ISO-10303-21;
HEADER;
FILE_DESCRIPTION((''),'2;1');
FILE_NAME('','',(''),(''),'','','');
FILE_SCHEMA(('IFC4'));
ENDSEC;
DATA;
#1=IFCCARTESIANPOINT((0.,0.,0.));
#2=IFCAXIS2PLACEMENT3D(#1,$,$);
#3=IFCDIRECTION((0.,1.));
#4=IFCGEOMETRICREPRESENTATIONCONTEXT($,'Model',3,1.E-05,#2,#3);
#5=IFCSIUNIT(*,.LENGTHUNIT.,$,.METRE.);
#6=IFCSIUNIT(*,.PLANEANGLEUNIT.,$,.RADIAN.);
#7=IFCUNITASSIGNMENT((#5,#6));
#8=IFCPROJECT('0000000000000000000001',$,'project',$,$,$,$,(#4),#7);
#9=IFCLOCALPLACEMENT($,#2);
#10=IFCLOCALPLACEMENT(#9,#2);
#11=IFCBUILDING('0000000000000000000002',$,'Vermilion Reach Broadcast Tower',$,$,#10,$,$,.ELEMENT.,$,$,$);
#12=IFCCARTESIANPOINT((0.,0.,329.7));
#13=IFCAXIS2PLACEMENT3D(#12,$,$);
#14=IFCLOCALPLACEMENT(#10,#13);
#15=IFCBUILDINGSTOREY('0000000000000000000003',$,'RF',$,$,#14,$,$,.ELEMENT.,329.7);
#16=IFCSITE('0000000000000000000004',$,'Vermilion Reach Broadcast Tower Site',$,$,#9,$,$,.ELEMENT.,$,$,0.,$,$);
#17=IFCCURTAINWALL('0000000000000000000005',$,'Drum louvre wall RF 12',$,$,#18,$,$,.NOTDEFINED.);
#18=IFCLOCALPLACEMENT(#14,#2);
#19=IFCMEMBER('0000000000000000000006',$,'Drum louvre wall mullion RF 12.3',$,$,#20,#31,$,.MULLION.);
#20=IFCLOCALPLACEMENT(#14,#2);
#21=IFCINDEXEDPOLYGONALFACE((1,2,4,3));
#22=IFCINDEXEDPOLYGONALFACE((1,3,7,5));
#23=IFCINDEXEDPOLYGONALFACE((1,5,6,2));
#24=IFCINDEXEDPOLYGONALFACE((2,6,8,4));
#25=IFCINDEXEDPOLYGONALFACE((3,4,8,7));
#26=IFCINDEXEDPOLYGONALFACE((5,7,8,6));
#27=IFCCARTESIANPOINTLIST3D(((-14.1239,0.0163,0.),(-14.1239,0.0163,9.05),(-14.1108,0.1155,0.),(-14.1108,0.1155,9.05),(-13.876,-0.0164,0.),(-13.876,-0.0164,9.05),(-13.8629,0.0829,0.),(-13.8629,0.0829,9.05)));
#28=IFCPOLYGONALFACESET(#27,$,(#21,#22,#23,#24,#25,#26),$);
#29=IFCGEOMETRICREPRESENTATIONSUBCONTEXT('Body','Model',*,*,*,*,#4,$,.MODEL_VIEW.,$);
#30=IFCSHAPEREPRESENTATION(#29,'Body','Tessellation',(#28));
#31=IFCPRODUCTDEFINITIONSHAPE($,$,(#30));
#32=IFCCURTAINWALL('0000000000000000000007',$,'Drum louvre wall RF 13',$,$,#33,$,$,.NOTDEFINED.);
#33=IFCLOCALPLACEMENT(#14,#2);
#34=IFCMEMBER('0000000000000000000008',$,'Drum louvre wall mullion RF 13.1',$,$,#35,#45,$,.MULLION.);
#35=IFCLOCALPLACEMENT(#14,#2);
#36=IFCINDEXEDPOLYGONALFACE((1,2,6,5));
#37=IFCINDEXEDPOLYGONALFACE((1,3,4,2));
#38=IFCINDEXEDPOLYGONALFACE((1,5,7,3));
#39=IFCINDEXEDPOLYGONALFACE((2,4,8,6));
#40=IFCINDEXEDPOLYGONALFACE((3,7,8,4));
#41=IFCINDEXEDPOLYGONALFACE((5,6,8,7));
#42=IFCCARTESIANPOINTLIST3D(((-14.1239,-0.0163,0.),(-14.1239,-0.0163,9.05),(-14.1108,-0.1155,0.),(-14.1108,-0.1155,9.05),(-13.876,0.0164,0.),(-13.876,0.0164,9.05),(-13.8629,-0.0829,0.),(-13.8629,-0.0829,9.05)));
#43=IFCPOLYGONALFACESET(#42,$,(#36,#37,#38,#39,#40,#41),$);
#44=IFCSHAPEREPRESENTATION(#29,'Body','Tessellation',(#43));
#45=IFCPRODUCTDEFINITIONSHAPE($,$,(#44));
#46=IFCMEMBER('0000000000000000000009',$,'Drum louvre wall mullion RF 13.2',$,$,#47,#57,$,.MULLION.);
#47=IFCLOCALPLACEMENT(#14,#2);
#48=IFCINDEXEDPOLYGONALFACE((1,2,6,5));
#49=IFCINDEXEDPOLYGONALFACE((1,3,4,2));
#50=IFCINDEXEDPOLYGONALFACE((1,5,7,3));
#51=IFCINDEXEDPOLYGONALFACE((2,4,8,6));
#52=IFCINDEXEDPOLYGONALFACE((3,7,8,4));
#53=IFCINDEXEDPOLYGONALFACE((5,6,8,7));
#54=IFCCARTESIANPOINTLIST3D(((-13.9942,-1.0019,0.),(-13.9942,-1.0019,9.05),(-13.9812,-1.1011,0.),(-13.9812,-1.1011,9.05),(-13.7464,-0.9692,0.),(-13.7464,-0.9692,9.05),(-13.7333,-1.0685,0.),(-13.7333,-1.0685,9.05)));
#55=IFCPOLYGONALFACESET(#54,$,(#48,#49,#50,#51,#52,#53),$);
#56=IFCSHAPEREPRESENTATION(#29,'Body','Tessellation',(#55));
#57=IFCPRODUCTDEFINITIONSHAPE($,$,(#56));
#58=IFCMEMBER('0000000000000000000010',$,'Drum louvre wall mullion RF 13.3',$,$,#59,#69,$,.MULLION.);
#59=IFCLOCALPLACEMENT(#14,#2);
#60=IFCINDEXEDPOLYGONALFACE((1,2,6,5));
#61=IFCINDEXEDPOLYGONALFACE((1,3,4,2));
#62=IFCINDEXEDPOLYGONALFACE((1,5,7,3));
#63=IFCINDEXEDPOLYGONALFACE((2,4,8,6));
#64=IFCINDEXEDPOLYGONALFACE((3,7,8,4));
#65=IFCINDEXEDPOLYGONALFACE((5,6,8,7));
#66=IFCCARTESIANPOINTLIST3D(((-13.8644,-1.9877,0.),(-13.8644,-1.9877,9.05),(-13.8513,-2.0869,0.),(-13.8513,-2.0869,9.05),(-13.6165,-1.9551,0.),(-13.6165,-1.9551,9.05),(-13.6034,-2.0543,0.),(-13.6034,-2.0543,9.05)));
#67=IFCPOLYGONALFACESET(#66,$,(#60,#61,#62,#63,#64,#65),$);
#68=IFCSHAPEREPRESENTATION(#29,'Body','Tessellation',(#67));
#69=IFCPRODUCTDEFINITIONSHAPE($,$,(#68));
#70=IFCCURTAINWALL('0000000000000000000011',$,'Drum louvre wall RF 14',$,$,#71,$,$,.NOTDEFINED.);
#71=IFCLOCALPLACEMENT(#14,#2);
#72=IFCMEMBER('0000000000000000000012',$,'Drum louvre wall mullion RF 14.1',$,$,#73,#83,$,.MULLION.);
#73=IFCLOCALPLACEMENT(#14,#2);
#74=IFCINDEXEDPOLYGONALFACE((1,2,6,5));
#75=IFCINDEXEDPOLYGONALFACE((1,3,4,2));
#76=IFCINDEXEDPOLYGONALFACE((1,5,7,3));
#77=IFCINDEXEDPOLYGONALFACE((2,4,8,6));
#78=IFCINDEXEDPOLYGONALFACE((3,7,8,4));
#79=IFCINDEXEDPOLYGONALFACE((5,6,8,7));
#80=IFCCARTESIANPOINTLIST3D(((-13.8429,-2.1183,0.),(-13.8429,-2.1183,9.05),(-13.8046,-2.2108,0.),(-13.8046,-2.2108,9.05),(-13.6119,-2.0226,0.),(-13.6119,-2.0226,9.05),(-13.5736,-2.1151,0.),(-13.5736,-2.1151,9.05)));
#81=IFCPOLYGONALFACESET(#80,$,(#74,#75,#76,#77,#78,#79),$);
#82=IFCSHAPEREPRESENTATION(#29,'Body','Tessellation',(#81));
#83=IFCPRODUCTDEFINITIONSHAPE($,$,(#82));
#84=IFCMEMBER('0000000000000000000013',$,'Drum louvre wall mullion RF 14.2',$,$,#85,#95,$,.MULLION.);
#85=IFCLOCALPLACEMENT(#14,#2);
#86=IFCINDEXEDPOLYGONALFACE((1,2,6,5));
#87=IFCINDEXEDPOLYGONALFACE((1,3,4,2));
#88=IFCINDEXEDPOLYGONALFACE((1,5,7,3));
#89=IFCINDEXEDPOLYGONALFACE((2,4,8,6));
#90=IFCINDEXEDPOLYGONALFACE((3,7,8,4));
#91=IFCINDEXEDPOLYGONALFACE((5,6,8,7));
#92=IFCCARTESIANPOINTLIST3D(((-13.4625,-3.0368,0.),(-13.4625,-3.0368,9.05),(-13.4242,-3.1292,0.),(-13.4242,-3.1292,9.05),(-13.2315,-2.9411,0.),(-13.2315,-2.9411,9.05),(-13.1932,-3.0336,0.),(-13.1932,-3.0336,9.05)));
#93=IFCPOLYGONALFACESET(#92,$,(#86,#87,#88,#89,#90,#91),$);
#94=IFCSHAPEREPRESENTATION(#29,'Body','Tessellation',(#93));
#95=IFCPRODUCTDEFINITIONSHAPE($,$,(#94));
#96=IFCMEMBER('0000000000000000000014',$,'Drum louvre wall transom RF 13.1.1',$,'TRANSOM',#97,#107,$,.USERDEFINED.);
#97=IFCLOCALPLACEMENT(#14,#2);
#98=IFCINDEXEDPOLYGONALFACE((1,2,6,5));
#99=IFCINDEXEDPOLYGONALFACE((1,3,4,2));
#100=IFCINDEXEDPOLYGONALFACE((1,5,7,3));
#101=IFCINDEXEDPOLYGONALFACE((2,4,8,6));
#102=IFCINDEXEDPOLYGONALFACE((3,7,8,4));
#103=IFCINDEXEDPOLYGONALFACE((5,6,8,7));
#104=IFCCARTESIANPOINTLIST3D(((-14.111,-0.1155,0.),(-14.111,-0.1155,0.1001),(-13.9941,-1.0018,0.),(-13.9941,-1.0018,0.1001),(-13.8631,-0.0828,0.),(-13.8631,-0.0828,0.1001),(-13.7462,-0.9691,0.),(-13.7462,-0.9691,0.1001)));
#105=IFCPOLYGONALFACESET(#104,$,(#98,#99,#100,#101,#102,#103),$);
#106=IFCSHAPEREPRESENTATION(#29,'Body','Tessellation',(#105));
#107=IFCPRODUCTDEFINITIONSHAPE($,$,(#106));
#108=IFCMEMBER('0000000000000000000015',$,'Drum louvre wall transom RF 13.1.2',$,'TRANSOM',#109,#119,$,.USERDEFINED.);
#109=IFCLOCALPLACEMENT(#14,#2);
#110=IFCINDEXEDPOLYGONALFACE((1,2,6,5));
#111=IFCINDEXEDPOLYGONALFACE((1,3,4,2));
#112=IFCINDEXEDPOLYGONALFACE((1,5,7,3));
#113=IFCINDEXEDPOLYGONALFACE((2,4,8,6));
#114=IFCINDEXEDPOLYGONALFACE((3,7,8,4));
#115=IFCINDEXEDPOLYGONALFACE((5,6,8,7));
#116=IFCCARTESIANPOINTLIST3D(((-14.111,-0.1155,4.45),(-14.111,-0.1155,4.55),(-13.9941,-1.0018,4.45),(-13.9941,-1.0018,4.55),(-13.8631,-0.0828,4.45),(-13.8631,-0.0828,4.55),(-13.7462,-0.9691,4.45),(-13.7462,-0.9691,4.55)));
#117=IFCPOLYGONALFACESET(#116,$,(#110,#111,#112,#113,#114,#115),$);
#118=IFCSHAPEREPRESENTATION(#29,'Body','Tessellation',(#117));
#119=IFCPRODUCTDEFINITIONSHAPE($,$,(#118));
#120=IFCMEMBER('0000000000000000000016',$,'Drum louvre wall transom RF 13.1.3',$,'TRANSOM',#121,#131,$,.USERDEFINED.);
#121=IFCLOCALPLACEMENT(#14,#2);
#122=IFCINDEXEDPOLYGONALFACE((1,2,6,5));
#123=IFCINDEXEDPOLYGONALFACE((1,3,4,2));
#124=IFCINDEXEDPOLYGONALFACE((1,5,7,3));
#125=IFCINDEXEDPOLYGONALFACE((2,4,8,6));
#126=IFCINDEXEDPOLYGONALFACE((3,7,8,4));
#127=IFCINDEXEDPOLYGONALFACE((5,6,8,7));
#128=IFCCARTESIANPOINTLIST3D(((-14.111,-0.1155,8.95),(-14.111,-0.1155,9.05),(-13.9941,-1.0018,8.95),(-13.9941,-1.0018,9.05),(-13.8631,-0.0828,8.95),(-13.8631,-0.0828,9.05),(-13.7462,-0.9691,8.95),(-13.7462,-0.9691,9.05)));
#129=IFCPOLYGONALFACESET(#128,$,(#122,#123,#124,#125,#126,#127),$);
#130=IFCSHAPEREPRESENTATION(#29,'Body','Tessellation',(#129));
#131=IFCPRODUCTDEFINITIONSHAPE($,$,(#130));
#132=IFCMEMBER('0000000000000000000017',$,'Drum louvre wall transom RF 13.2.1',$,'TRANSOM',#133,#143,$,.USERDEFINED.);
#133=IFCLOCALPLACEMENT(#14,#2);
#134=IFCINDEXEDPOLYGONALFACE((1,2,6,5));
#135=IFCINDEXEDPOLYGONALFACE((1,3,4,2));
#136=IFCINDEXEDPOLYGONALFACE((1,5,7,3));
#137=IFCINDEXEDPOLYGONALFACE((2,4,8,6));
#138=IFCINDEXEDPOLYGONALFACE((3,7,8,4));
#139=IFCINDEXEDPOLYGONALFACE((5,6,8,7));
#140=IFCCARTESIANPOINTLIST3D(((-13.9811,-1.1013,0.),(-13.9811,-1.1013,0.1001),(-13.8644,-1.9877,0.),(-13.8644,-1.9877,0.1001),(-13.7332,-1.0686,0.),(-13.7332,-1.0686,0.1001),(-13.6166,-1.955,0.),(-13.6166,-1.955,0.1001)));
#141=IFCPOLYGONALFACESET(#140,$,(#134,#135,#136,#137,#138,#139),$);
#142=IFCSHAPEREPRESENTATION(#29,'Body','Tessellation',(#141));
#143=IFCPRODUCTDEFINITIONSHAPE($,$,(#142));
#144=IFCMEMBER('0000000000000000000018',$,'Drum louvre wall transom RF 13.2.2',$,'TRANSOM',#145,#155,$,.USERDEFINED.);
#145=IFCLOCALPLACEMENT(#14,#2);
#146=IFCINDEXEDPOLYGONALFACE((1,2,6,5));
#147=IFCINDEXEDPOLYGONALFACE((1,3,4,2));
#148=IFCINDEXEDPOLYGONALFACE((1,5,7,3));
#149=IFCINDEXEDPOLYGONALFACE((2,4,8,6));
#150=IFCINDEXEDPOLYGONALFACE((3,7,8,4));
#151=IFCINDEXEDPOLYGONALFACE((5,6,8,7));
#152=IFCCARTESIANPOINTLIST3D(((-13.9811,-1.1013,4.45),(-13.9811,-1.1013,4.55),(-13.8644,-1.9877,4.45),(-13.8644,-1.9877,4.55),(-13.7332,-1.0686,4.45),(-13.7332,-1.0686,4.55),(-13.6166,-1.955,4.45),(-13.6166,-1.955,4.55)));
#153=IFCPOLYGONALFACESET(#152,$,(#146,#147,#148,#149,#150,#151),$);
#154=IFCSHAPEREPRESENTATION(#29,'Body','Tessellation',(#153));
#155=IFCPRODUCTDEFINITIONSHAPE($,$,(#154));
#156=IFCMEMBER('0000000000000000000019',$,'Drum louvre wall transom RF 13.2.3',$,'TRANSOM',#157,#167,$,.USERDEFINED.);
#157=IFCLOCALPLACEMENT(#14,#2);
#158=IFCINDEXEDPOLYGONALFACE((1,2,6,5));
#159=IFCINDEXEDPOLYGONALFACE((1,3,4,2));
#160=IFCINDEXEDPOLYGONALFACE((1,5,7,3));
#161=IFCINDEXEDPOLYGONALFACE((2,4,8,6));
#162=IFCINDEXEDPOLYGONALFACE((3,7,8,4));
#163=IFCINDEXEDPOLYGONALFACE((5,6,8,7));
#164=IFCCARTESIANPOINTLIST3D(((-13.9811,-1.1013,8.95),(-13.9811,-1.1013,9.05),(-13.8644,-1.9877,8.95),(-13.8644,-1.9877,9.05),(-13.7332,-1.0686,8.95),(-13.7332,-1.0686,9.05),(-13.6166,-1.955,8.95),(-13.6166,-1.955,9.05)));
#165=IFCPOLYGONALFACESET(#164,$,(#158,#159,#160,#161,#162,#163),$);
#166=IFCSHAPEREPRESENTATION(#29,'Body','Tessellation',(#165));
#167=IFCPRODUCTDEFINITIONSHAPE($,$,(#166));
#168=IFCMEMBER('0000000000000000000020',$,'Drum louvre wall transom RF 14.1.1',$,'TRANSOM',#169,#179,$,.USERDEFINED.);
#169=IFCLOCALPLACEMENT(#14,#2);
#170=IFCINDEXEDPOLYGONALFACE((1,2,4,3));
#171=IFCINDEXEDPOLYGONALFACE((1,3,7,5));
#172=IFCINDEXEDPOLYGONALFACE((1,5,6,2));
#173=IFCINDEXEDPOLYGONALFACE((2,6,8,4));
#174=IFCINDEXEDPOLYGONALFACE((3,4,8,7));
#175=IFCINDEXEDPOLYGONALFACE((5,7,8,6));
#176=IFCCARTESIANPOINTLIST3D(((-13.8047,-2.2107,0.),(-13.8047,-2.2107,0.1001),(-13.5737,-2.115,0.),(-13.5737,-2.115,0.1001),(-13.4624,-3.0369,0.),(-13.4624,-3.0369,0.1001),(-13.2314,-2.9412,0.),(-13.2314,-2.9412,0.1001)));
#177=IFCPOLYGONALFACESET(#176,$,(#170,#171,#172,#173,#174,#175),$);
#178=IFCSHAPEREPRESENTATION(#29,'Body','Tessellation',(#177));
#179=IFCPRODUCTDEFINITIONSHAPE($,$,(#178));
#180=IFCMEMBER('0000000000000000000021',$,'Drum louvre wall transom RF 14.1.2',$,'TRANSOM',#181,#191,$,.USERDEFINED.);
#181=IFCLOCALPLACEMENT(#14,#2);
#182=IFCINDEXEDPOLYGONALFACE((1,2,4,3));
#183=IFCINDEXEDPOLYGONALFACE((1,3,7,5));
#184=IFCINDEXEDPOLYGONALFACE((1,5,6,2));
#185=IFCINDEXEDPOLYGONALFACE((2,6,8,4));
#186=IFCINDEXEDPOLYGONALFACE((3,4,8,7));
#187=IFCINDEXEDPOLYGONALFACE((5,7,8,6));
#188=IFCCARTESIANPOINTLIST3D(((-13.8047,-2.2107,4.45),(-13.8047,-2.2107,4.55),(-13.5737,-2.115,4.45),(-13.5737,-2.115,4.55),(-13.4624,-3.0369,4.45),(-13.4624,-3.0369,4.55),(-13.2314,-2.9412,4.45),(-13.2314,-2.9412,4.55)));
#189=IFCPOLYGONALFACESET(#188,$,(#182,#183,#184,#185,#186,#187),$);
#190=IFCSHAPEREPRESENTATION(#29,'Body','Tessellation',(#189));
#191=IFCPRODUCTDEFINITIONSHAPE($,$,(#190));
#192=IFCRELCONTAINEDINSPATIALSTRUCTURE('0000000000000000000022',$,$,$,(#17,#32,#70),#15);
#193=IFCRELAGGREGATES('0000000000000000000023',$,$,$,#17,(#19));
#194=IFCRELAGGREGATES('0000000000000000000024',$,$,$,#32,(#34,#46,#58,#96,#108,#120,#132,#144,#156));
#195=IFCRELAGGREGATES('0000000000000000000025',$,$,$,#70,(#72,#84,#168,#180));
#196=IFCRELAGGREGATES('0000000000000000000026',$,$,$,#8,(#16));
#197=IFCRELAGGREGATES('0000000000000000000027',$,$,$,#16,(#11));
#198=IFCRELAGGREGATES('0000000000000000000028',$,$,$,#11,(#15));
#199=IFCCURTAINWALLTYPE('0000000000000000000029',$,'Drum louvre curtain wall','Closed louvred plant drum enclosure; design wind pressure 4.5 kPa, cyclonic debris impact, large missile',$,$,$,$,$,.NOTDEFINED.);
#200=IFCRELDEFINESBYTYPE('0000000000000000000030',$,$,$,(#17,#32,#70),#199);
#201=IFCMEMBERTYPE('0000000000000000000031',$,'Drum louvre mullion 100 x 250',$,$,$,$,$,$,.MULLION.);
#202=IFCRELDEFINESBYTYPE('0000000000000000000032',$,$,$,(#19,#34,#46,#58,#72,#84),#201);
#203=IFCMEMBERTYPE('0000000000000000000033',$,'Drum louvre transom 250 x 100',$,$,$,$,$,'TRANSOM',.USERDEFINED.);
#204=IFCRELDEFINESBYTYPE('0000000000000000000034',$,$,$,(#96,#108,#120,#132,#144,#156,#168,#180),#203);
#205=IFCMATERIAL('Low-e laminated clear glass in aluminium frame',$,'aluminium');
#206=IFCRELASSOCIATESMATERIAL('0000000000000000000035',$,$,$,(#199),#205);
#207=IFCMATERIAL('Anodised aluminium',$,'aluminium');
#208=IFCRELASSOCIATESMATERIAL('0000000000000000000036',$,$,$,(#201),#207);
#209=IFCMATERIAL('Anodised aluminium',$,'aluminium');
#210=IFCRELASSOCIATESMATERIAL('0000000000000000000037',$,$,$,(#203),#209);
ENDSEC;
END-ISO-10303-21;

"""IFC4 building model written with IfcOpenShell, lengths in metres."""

from ifc_helpers import new_model, si_unit, direction, frame, origin, origin_2d, place, context, subcontext, project, spatial, rectangle, extrude, material, material_profile, profile_set, type_object, element, aggregate, save


model = new_model("IFC4")

# Units and contexts
model_context = context("Model", 3, precision=1e-05, world=origin(), true_north=direction((0.0, 1.0)))
body_context = subcontext(model_context, "Body", "Model", "MODEL_VIEW")
ifc_project = project(units=[si_unit("LENGTHUNIT", "METRE"), si_unit("PLANEANGLEUNIT", "RADIAN")], contexts=[model_context])

# Site, building, storey
site_placement = place(None, origin())
site = spatial("IfcSite", under=ifc_project, at=site_placement, Name="Vermilion Reach Broadcast Tower Site", CompositionType="ELEMENT", RefElevation=0.0)
building_placement = place(site_placement, origin())
building = spatial("IfcBuilding", under=site, at=building_placement, Name="Vermilion Reach Broadcast Tower", CompositionType="ELEMENT")
storey_placement = place(building_placement, frame((0.0, 0.0, 329.7)))
storey = spatial("IfcBuildingStorey", under=building, at=storey_placement, Name="RF", CompositionType="ELEMENT", Elevation=329.7)

# Curtain wall, member
ifc_material_1 = material(Name="Low-e laminated clear glass in aluminium frame", Category="aluminium")
curtain_wall_type = type_object("IfcCurtainWallType", Name="Drum louvre curtain wall", Description="Closed louvred plant drum enclosure; design wind pressure 4.5 kPa, cyclonic debris impact, large missile", PredefinedType="NOTDEFINED", material=ifc_material_1)
placement = place(storey_placement, origin())
curtain_wall_1 = element("IfcCurtainWall", 1, at=placement, inside=storey, type_object=curtain_wall_type, Name="Drum louvre wall RF 12", PredefinedType="NOTDEFINED")
ifc_material_2 = material(Name="Anodised aluminium", Category="aluminium")
ifc_material_profile_1 = material_profile(ifc_material_2, rectangle(XDim=0.25, YDim=0.1001, at=origin_2d()), Name="Drum louvre mullion 100 x 250")
ifc_profile_set_1 = profile_set([ifc_material_profile_1], Name="Anodised aluminium")
member_type_1 = type_object("IfcMemberType", Name="Drum louvre mullion 100 x 250", PredefinedType="MULLION", material=ifc_profile_set_1)
member_1_placement = place(storey_placement, frame((-13.9934, 0.0496, 0.0), z_axis=(0.0, 0.0, 1.0), x_axis=(0.991445, -0.130526, 0.0)))
member_1 = element("IfcMember", 2, at=member_1_placement, type_object=member_type_1, Name="Drum louvre wall mullion RF 12.3", PredefinedType="MULLION", context=body_context, shape_type="SweptSolid", body=[
    extrude(rectangle(XDim=0.25, YDim=0.1001, at=origin_2d()), origin(), (0.0, 0.0, 1.0), 9.05),
])
aggregate(curtain_wall_1, [member_1])

# Curtain walls, members
curtain_wall_2 = element("IfcCurtainWall", 3, at=placement, inside=storey, type_object=curtain_wall_type, Name="Drum louvre wall RF 13", PredefinedType="NOTDEFINED")
member_2_placement = place(storey_placement, frame((-13.9934, -0.0496, 0.0), z_axis=(0.0, 0.0, 1.0), x_axis=(0.991445, 0.130526, 0.0)))
member_2 = element("IfcMember", 4, at=member_2_placement, type_object=member_type_1, Name="Drum louvre wall mullion RF 13.1", PredefinedType="MULLION", context=body_context, shape_type="SweptSolid", body=[
    extrude(rectangle(XDim=0.25, YDim=0.1001, at=origin_2d()), origin(), (0.0, 0.0, 1.0), 9.05),
])
member_3_placement = place(storey_placement, frame((-13.8638, -1.0352, 0.0), z_axis=(0.0, 0.0, 1.0), x_axis=(0.991445, 0.130526, 0.0)))
member_3 = element("IfcMember", 5, at=member_3_placement, type_object=member_type_1, Name="Drum louvre wall mullion RF 13.2", PredefinedType="MULLION", context=body_context, shape_type="SweptSolid", body=[
    extrude(rectangle(XDim=0.25, YDim=0.1001, at=origin_2d()), origin(), (0.0, 0.0, 1.0), 9.05),
])
member_4_placement = place(storey_placement, frame((-13.7339, -2.021, 0.0), z_axis=(0.0, 0.0, 1.0), x_axis=(0.991445, 0.130526, 0.0)))
member_4 = element("IfcMember", 6, at=member_4_placement, type_object=member_type_1, Name="Drum louvre wall mullion RF 13.3", PredefinedType="MULLION", context=body_context, shape_type="SweptSolid", body=[
    extrude(rectangle(XDim=0.25, YDim=0.1001, at=origin_2d()), origin(), (0.0, 0.0, 1.0), 9.05),
])
curtain_wall_3 = element("IfcCurtainWall", 7, at=placement, inside=storey, type_object=curtain_wall_type, Name="Drum louvre wall RF 14", PredefinedType="NOTDEFINED")
member_5_placement = place(storey_placement, frame((-13.7083, -2.1167, 0.0), z_axis=(0.0, 0.0, 1.0), x_axis=(0.92388, 0.382683, 0.0)))
member_5 = element("IfcMember", 8, at=member_5_placement, type_object=member_type_1, Name="Drum louvre wall mullion RF 14.1", PredefinedType="MULLION", context=body_context, shape_type="SweptSolid", body=[
    extrude(rectangle(XDim=0.25, YDim=0.1001, at=origin_2d()), origin(), (0.0, 0.0, 1.0), 9.05),
])
member_6_placement = place(storey_placement, frame((-13.3279, -3.0352, 0.0), z_axis=(0.0, 0.0, 1.0), x_axis=(0.92388, 0.382683, 0.0)))
member_6 = element("IfcMember", 9, at=member_6_placement, type_object=member_type_1, Name="Drum louvre wall mullion RF 14.2", PredefinedType="MULLION", context=body_context, shape_type="SweptSolid", body=[
    extrude(rectangle(XDim=0.25, YDim=0.1001, at=origin_2d()), origin(), (0.0, 0.0, 1.0), 9.05),
])

# Members
ifc_material_3 = material(Name="Anodised aluminium", Category="aluminium")
ifc_material_profile_2 = material_profile(ifc_material_3, rectangle(XDim=0.25, YDim=0.1001, at=origin_2d()), Name="Drum louvre transom 250 x 100")
ifc_profile_set_2 = profile_set([ifc_material_profile_2], Name="Anodised aluminium")
member_type_2 = type_object("IfcMemberType", Name="Drum louvre transom 250 x 100", ElementType="TRANSOM", PredefinedType="USERDEFINED", material=ifc_profile_set_2)
member_7_placement = place(storey_placement, frame((-13.9871, -0.0991, 0.05), z_axis=(0.130786, -0.991411, 0.0), x_axis=(0.991411, 0.130786, 0.0)))
member_7 = element("IfcMember", 10, at=member_7_placement, type_object=member_type_2, Name="Drum louvre wall transom RF 13.1.1", ObjectType="TRANSOM", PredefinedType="USERDEFINED", context=body_context, shape_type="SweptSolid", body=[
    extrude(rectangle(XDim=0.25, YDim=0.1001, at=origin_2d()), origin(), (0.0, 0.0, 1.0), 0.894),
])
member_8_placement = place(storey_placement, frame((-13.9871, -0.0991, 4.5), z_axis=(0.130786, -0.991411, 0.0), x_axis=(0.991411, 0.130786, 0.0)))
member_8 = element("IfcMember", 11, at=member_8_placement, type_object=member_type_2, Name="Drum louvre wall transom RF 13.1.2", ObjectType="TRANSOM", PredefinedType="USERDEFINED", context=body_context, shape_type="SweptSolid", body=[
    extrude(rectangle(XDim=0.25, YDim=0.1001, at=origin_2d()), origin(), (0.0, 0.0, 1.0), 0.894),
])
member_9_placement = place(storey_placement, frame((-13.9871, -0.0991, 9.0), z_axis=(0.130786, -0.991411, 0.0), x_axis=(0.991411, 0.130786, 0.0)))
member_9 = element("IfcMember", 12, at=member_9_placement, type_object=member_type_2, Name="Drum louvre wall transom RF 13.1.3", ObjectType="TRANSOM", PredefinedType="USERDEFINED", context=body_context, shape_type="SweptSolid", body=[
    extrude(rectangle(XDim=0.25, YDim=0.1001, at=origin_2d()), origin(), (0.0, 0.0, 1.0), 0.894),
])
member_10_placement = place(storey_placement, frame((-13.8572, -1.085, 0.05), z_axis=(0.130518, -0.991446, 0.0), x_axis=(0.991446, 0.130518, 0.0)))
member_10 = element("IfcMember", 13, at=member_10_placement, type_object=member_type_2, Name="Drum louvre wall transom RF 13.2.1", ObjectType="TRANSOM", PredefinedType="USERDEFINED", context=body_context, shape_type="SweptSolid", body=[
    extrude(rectangle(XDim=0.25, YDim=0.1001, at=origin_2d()), origin(), (0.0, 0.0, 1.0), 0.894),
])
member_11_placement = place(storey_placement, frame((-13.8572, -1.085, 4.5), z_axis=(0.130518, -0.991446, 0.0), x_axis=(0.991446, 0.130518, 0.0)))
member_11 = element("IfcMember", 14, at=member_11_placement, type_object=member_type_2, Name="Drum louvre wall transom RF 13.2.2", ObjectType="TRANSOM", PredefinedType="USERDEFINED", context=body_context, shape_type="SweptSolid", body=[
    extrude(rectangle(XDim=0.25, YDim=0.1001, at=origin_2d()), origin(), (0.0, 0.0, 1.0), 0.894),
])
member_12_placement = place(storey_placement, frame((-13.8572, -1.085, 9.0), z_axis=(0.130518, -0.991446, 0.0), x_axis=(0.991446, 0.130518, 0.0)))
member_12 = element("IfcMember", 15, at=member_12_placement, type_object=member_type_2, Name="Drum louvre wall transom RF 13.2.3", ObjectType="TRANSOM", PredefinedType="USERDEFINED", context=body_context, shape_type="SweptSolid", body=[
    extrude(rectangle(XDim=0.25, YDim=0.1001, at=origin_2d()), origin(), (0.0, 0.0, 1.0), 0.894),
])
member_13_placement = place(storey_placement, frame((-13.6892, -2.1628, 0.05), z_axis=(0.382754, -0.92385, 0.0), x_axis=(0.92385, 0.382754, 0.0)))
member_13 = element("IfcMember", 16, at=member_13_placement, type_object=member_type_2, Name="Drum louvre wall transom RF 14.1.1", ObjectType="TRANSOM", PredefinedType="USERDEFINED", context=body_context, shape_type="SweptSolid", body=[
    extrude(rectangle(XDim=0.25, YDim=0.1001, at=origin_2d()), origin(), (0.0, 0.0, 1.0), 0.8943),
])
member_14_placement = place(storey_placement, frame((-13.6892, -2.1628, 4.5), z_axis=(0.382754, -0.92385, 0.0), x_axis=(0.92385, 0.382754, 0.0)))
member_14 = element("IfcMember", 17, at=member_14_placement, type_object=member_type_2, Name="Drum louvre wall transom RF 14.1.2", ObjectType="TRANSOM", PredefinedType="USERDEFINED", context=body_context, shape_type="SweptSolid", body=[
    extrude(rectangle(XDim=0.25, YDim=0.1001, at=origin_2d()), origin(), (0.0, 0.0, 1.0), 0.8943),
])

aggregate(curtain_wall_2, [member_2, member_3, member_4, member_7, member_8, member_9, member_10, member_11, member_12])
aggregate(curtain_wall_3, [member_5, member_6, member_13, member_14])

save(model, "model.ifc")
